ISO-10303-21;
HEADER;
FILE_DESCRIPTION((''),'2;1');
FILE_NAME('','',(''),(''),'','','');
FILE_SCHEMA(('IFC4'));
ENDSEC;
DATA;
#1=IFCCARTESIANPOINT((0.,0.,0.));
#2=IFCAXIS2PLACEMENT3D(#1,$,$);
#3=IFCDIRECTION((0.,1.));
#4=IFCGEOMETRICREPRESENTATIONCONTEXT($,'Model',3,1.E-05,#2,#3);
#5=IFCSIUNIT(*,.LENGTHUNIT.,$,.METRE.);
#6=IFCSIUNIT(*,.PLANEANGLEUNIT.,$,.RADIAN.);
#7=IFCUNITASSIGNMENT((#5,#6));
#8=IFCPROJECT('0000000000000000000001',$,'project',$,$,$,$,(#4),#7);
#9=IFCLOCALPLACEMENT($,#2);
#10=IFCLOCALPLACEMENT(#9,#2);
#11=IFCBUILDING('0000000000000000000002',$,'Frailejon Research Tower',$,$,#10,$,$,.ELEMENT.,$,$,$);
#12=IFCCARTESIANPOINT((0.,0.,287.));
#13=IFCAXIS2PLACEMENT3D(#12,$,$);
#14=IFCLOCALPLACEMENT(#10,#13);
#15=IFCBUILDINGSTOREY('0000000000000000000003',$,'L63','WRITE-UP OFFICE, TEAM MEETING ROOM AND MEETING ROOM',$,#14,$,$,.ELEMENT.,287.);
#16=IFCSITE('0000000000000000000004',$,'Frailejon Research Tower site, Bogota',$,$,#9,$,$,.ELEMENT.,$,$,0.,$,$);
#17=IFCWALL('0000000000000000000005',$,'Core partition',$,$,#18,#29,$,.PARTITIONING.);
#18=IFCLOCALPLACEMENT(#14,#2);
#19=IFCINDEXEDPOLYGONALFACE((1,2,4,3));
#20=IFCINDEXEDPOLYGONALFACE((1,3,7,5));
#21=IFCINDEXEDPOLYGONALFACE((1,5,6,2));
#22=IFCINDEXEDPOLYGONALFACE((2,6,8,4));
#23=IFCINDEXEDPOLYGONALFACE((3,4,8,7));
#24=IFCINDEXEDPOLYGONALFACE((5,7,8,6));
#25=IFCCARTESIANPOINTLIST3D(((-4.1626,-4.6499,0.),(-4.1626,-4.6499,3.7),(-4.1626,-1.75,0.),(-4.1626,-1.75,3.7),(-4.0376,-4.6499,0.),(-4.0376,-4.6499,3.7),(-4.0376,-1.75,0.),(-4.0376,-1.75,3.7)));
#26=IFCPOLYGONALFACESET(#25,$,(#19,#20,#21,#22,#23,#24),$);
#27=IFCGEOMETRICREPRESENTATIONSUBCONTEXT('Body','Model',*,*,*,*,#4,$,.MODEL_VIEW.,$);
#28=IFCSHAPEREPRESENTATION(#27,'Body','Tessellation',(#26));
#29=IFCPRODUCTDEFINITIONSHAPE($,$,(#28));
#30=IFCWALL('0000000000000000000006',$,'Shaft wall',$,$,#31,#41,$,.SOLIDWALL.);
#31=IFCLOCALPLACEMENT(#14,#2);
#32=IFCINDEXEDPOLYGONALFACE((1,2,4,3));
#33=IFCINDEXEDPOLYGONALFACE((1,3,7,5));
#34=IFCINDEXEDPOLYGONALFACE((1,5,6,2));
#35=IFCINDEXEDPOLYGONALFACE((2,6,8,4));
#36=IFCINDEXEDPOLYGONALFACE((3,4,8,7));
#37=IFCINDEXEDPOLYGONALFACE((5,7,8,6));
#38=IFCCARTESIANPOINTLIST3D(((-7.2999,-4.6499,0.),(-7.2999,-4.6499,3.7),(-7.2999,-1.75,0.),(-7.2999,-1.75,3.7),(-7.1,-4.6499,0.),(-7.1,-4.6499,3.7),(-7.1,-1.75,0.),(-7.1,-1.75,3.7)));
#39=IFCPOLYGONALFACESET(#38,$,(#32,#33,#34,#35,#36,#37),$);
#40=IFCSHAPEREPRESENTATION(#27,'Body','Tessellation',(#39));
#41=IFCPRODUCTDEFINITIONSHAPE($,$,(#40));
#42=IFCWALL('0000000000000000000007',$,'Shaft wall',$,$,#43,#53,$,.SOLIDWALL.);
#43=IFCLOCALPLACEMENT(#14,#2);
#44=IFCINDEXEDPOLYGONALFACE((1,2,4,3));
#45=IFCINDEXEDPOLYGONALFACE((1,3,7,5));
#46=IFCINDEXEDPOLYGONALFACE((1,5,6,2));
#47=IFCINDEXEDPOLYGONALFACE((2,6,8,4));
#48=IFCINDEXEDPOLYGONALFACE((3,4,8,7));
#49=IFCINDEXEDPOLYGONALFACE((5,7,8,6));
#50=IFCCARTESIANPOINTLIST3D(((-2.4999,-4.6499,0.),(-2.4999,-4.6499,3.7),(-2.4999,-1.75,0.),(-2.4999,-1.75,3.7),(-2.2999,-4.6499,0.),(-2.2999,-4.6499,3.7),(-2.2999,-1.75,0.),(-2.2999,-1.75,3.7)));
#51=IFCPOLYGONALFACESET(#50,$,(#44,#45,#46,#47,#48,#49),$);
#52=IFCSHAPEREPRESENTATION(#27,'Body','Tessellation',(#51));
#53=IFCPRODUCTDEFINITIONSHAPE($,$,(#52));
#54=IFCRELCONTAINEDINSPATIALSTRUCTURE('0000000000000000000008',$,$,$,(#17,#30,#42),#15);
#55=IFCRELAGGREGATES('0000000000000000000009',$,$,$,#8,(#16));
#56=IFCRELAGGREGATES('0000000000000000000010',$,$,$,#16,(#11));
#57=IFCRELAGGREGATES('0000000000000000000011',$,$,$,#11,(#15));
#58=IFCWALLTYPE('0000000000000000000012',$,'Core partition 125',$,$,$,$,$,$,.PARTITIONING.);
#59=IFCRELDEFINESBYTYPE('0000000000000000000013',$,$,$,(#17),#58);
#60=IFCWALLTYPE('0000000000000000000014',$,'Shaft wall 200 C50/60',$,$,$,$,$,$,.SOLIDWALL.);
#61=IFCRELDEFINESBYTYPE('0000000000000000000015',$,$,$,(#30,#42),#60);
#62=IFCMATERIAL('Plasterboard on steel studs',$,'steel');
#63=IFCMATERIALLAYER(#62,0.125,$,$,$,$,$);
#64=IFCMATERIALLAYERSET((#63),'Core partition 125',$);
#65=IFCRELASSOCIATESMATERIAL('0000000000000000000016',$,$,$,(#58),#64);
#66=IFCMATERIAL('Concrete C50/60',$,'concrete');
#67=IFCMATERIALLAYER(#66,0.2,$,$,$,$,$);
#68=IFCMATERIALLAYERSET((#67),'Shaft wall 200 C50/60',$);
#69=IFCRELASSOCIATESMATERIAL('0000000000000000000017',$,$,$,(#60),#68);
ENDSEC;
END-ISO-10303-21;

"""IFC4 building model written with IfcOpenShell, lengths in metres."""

from ifc_helpers import new_model, si_unit, direction, frame, frame_2d, origin, place, context, subcontext, project, spatial, rectangle, extrude, material, layer, layer_set, type_object, element, save


model = new_model("IFC4")

# Units and contexts
model_context = context("Model", 3, precision=1e-05, world=origin(), true_north=direction((0.0, 1.0)))
body_context = subcontext(model_context, "Body", "Model", "MODEL_VIEW")
ifc_project = project(units=[si_unit("LENGTHUNIT", "METRE"), si_unit("PLANEANGLEUNIT", "RADIAN")], contexts=[model_context])

# Site, building, storey
site_placement = place(None, origin())
site = spatial("IfcSite", under=ifc_project, at=site_placement, Name="Frailejon Research Tower site, Bogota", CompositionType="ELEMENT", RefElevation=0.0)
building_placement = place(site_placement, origin())
building = spatial("IfcBuilding", under=site, at=building_placement, Name="Frailejon Research Tower", CompositionType="ELEMENT")
storey_placement = place(building_placement, frame((0.0, 0.0, 287.0)))
storey = spatial("IfcBuildingStorey", under=building, at=storey_placement, Name="L63", Description="WRITE-UP OFFICE, TEAM MEETING ROOM AND MEETING ROOM", CompositionType="ELEMENT", Elevation=287.0)

# Walls
ifc_material_1 = material(Name="Plasterboard on steel studs", Category="steel")
ifc_layer_1 = layer(ifc_material_1, 0.125)
ifc_layer_set_1 = layer_set([ifc_layer_1], Name="Core partition 125")
wall_type_1 = type_object("IfcWallType", Name="Core partition 125", PredefinedType="PARTITIONING", material=ifc_layer_set_1)
wall_1_placement = place(storey_placement, frame((-4.1001, -4.6499, 0.0), z_axis=(0.0, 0.0, 1.0), x_axis=(0.0, 1.0, 0.0)))
element("IfcWall", 1, at=wall_1_placement, inside=storey, type_object=wall_type_1, Name="Core partition", PredefinedType="PARTITIONING", context=body_context, shape_type="SweptSolid", body=[
    extrude(rectangle(XDim=2.8999, YDim=0.125, at=frame_2d((1.45, 0.0))), origin(), (0.0, 0.0, 1.0), 3.7),
])
ifc_material_2 = material(Name="Concrete C50/60", Category="concrete")
ifc_layer_2 = layer(ifc_material_2, 0.2)
ifc_layer_set_2 = layer_set([ifc_layer_2], Name="Shaft wall 200 C50/60")
wall_type_2 = type_object("IfcWallType", Name="Shaft wall 200 C50/60", PredefinedType="SOLIDWALL", material=ifc_layer_set_2)
for number, where, z_axis, x_axis, name in (
    (2, (-7.2, -4.6499, 0.0), (0.0, 0.0, 1.0), (0.0, 1.0, 0.0), "Shaft wall"),
    (3, (-2.3999, -4.6499, 0.0), (0.0, 0.0, 1.0), (0.0, 1.0, 0.0), "Shaft wall"),
):
    element("IfcWall", number, at=place(storey_placement, frame(where, z_axis=z_axis, x_axis=x_axis)), inside=storey, type_object=wall_type_2, Name=name, PredefinedType="SOLIDWALL", context=body_context, shape_type="SweptSolid", body=[
        extrude(rectangle(XDim=2.8999, YDim=0.2, at=frame_2d((1.45, 0.0))), origin(), (0.0, 0.0, 1.0), 3.7),
    ])

save(model, "model.ifc")
